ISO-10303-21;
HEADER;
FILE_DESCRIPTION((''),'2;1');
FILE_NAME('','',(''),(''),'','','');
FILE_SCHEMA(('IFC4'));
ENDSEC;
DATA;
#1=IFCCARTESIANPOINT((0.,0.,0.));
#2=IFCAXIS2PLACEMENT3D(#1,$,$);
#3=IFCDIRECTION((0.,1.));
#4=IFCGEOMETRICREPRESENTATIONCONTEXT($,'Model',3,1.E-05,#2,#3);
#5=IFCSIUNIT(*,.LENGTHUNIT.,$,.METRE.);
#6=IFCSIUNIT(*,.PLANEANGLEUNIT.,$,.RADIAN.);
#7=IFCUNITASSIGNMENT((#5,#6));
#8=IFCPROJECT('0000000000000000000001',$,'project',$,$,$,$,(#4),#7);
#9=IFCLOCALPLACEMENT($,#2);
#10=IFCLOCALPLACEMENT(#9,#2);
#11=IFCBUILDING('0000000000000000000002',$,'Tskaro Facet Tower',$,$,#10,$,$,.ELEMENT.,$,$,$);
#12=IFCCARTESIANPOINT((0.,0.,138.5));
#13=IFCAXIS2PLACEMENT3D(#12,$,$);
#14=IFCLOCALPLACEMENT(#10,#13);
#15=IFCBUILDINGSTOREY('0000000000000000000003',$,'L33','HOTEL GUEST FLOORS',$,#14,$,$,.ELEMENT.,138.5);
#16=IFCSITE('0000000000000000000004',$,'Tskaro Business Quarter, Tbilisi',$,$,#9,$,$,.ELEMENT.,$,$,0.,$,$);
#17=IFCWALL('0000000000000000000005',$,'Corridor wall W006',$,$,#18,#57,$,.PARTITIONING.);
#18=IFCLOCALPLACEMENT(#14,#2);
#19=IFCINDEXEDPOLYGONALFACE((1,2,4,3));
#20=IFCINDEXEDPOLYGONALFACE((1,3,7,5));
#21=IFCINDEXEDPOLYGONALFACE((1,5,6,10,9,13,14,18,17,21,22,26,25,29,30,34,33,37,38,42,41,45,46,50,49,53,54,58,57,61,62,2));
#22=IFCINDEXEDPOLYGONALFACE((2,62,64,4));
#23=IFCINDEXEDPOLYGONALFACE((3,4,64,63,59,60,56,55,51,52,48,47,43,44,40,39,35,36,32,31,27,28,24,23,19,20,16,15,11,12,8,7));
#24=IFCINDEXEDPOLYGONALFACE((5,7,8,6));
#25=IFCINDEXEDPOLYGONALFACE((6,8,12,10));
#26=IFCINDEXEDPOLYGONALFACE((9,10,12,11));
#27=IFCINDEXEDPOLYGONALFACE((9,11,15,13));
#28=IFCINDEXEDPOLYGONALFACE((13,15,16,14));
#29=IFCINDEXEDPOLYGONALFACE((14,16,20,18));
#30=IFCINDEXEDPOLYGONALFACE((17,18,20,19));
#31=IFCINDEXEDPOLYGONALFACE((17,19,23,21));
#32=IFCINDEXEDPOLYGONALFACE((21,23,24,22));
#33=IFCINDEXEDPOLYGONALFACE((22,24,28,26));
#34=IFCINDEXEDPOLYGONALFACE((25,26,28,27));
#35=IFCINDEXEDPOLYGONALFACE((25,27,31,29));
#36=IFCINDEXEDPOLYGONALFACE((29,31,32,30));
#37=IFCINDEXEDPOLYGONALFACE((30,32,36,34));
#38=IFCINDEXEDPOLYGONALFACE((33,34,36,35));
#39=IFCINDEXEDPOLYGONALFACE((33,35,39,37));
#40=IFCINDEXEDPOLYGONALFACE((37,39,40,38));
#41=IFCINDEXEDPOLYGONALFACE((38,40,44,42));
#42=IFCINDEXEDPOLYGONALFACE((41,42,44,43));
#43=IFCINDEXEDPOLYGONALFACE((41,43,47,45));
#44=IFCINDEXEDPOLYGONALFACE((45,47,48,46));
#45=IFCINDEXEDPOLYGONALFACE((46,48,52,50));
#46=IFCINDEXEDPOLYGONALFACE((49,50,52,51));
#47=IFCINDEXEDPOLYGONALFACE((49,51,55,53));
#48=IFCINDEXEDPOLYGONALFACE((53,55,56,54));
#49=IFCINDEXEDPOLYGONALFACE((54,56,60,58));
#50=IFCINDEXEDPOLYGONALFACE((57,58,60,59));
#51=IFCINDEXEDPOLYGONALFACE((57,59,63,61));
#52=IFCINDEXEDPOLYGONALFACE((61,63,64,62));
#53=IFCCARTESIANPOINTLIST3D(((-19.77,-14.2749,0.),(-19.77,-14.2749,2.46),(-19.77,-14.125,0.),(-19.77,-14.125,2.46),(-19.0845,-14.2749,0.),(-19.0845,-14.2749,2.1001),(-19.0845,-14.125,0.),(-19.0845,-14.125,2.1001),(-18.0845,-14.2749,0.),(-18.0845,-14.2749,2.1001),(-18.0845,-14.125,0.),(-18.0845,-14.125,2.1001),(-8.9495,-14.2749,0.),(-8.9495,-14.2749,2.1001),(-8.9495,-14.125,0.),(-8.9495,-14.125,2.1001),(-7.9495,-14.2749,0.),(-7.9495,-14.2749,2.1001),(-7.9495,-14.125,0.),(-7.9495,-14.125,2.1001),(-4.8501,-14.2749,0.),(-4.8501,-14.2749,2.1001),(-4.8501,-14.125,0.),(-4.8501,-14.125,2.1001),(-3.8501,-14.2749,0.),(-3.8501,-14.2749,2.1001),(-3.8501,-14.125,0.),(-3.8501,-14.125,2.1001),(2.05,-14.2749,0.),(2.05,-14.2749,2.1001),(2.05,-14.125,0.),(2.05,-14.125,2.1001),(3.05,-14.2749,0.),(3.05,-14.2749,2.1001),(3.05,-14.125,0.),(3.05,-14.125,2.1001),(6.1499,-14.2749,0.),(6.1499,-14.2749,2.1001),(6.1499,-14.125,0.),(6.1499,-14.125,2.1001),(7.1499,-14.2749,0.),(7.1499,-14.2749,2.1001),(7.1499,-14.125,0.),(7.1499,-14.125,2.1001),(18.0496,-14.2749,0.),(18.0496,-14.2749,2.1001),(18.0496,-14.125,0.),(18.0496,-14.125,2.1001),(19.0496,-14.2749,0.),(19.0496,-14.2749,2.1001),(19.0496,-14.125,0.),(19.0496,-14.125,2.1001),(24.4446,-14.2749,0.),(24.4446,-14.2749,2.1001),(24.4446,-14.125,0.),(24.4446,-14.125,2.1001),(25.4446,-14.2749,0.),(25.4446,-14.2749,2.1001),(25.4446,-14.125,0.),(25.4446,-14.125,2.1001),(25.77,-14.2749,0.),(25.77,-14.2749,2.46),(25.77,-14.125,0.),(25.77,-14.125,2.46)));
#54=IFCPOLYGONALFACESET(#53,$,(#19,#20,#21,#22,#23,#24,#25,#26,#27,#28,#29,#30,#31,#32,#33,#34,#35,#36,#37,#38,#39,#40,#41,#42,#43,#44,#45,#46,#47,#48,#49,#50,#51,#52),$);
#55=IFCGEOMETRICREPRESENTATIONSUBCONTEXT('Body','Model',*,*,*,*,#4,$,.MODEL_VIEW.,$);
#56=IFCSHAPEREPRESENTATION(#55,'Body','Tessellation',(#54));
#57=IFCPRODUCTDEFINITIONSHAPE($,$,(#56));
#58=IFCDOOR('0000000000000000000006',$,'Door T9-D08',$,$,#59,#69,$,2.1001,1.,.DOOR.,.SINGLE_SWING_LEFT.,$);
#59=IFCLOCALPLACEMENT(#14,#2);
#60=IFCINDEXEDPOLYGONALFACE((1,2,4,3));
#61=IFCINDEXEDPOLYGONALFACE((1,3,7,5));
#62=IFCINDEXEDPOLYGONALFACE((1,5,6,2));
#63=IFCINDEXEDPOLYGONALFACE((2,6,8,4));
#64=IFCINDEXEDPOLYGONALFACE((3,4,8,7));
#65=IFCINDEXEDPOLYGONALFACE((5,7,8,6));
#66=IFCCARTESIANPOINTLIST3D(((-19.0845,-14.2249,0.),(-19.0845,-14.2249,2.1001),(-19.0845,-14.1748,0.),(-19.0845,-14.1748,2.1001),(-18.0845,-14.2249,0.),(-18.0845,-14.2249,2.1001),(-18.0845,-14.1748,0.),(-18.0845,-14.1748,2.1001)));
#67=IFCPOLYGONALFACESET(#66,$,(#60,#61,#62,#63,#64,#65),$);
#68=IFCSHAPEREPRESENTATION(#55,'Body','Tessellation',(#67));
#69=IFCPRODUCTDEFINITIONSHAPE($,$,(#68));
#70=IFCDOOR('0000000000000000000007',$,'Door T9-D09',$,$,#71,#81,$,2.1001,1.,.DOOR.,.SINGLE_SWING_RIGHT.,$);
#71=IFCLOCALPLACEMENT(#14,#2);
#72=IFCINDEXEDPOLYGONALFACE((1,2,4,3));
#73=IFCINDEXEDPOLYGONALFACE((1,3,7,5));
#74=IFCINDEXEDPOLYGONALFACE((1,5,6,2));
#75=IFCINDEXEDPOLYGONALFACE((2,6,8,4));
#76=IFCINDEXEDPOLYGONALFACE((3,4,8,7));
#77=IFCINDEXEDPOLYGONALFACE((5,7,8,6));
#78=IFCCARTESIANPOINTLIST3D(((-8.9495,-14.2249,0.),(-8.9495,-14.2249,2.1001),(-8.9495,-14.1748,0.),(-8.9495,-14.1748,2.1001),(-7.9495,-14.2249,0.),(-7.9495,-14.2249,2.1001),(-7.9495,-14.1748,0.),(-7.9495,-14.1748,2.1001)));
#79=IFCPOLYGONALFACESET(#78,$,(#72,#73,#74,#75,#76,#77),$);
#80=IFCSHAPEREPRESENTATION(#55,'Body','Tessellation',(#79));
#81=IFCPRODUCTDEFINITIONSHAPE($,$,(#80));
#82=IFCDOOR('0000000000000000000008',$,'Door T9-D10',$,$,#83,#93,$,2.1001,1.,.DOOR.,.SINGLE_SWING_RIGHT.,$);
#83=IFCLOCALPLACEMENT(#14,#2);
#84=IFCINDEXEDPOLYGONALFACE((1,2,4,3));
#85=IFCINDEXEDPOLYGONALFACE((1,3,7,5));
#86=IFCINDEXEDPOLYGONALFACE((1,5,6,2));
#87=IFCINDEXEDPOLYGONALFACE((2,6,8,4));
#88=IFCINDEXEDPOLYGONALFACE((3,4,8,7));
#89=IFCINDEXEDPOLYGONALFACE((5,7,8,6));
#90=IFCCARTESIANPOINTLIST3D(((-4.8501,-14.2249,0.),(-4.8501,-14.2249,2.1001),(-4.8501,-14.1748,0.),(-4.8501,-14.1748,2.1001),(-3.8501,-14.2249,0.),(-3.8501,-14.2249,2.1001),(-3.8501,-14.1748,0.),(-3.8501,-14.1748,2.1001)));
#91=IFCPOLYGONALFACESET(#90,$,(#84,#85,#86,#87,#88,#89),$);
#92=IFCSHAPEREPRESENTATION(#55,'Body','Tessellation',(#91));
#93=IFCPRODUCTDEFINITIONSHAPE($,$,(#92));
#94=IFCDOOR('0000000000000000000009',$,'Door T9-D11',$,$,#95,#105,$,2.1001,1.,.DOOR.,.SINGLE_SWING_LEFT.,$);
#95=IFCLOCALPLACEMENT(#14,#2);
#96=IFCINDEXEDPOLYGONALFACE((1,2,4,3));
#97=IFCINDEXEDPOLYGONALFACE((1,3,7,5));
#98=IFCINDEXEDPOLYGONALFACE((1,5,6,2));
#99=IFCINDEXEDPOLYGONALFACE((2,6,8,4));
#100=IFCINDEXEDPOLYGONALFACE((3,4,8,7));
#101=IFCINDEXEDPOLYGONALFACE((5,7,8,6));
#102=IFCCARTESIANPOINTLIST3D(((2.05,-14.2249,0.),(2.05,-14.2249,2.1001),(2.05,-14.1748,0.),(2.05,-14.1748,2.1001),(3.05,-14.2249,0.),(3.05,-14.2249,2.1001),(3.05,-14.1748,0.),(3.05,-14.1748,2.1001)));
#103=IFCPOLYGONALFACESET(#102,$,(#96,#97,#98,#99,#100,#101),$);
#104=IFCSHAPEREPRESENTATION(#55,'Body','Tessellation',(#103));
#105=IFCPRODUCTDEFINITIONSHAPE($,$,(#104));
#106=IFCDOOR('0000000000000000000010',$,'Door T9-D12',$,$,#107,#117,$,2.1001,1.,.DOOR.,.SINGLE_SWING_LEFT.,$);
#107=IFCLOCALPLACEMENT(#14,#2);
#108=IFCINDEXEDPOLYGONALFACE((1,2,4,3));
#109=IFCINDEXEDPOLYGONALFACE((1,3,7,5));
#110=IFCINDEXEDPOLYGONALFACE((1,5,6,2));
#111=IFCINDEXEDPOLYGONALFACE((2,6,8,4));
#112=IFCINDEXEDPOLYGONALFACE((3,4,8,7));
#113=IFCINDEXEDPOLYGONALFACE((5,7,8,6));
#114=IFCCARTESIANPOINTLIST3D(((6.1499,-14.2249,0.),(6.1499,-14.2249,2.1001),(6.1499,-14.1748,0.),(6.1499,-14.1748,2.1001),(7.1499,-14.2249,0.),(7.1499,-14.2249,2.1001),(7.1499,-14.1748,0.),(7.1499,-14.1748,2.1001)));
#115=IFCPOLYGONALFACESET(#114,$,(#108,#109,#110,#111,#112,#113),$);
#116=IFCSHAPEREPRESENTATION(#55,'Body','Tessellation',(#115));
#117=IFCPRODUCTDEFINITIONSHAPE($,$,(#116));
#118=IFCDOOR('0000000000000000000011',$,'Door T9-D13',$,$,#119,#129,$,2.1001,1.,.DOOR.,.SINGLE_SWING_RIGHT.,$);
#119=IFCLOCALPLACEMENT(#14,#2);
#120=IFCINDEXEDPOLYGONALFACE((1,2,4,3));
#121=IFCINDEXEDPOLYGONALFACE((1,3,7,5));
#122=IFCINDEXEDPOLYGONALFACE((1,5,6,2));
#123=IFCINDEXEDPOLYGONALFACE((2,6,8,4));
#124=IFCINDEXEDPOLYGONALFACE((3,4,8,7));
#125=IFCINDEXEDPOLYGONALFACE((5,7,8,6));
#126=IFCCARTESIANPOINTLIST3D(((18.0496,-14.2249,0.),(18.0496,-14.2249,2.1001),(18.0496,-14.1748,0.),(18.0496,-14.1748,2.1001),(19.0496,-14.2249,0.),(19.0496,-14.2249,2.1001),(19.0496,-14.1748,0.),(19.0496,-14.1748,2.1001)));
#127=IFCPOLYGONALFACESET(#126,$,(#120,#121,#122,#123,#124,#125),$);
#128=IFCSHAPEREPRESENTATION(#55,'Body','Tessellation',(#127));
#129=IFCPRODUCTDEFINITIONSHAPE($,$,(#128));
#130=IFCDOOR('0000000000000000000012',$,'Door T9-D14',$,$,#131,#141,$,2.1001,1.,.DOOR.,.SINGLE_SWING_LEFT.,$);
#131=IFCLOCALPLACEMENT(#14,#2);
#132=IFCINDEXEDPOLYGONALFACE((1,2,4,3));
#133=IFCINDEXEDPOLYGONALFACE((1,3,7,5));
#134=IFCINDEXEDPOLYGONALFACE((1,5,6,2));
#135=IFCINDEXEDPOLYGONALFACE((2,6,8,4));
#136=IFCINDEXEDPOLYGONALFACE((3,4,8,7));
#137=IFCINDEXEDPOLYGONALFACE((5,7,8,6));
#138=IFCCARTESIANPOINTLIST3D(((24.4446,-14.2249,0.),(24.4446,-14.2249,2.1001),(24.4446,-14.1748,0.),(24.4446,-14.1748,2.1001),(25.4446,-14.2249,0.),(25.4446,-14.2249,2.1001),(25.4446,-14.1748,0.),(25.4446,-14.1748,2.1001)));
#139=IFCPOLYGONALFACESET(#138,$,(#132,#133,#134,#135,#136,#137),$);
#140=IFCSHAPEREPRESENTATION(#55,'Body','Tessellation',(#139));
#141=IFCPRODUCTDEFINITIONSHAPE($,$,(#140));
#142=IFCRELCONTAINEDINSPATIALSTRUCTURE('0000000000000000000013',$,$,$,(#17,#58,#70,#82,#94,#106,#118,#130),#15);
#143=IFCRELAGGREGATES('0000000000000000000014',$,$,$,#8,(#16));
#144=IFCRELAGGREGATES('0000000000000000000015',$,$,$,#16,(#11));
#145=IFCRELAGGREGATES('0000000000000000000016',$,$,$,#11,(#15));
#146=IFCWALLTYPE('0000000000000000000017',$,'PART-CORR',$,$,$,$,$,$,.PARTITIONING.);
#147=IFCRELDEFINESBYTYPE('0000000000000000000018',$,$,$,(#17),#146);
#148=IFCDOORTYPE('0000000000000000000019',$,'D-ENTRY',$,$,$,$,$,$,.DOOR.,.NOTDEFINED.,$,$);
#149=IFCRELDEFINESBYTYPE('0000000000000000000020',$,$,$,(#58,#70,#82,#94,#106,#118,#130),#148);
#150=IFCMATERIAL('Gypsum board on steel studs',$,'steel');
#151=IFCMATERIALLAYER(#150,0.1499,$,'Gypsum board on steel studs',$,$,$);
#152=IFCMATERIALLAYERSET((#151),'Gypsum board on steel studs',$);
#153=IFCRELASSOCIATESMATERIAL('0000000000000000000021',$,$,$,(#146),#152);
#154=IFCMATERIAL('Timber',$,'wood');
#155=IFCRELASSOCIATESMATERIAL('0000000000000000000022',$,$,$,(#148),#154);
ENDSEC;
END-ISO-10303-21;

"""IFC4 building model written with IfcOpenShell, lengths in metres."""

from ifc_helpers import new_model, si_unit, direction, frame, frame_2d, origin, place, context, subcontext, project, spatial, rectangle, extrude, material, layer, layer_set, type_object, element, fill, save


model = new_model("IFC4")

# Units and contexts
model_context = context("Model", 3, precision=1e-05, world=origin(), true_north=direction((0.0, 1.0)))
body_context = subcontext(model_context, "Body", "Model", "MODEL_VIEW")
ifc_project = project(units=[si_unit("LENGTHUNIT", "METRE"), si_unit("PLANEANGLEUNIT", "RADIAN")], contexts=[model_context])

# Site, building, storey
site_placement = place(None, origin())
site = spatial("IfcSite", under=ifc_project, at=site_placement, Name="Tskaro Business Quarter, Tbilisi", CompositionType="ELEMENT", RefElevation=0.0)
building_placement = place(site_placement, origin())
building = spatial("IfcBuilding", under=site, at=building_placement, Name="Tskaro Facet Tower", CompositionType="ELEMENT")
storey_placement = place(building_placement, frame((0.0, 0.0, 138.5)))
storey = spatial("IfcBuildingStorey", under=building, at=storey_placement, Name="L33", Description="HOTEL GUEST FLOORS", CompositionType="ELEMENT", Elevation=138.5)

# Wall, openings, doors
ifc_material_1 = material(Name="Gypsum board on steel studs", Category="steel")
ifc_layer_1 = layer(ifc_material_1, 0.1499, Name="Gypsum board on steel studs")
ifc_layer_set_1 = layer_set([ifc_layer_1], Name="Gypsum board on steel studs")
wall_type = type_object("IfcWallType", Name="PART-CORR", PredefinedType="PARTITIONING", material=ifc_layer_set_1)
wall_1_placement = place(storey_placement, frame((25.77, -14.2, 0.0), z_axis=(0.0, 0.0, 1.0), x_axis=(-1.0, 0.0, 0.0)))
wall_1 = element("IfcWall", 1, at=wall_1_placement, inside=storey, type_object=wall_type, Name="Corridor wall W006", PredefinedType="PARTITIONING", context=body_context, shape_type="SweptSolid", body=[
    extrude(rectangle(XDim=45.54, YDim=0.1499, at=frame_2d((22.77, 0.0))), origin(), (0.0, 0.0, 1.0), 2.46),
])
opening_1_placement = place(wall_1_placement, frame((43.8545, 0.0, 0.0)))
opening_1 = element("IfcOpeningElement", 2, at=opening_1_placement, cuts=wall_1, PredefinedType="OPENING", context=body_context, shape_type="SweptSolid", body=[
    extrude(rectangle(XDim=1.0, YDim=2.1001, at=frame_2d((0.5, 1.05))), frame((0.0, 0.085, 0.0), z_axis=(0.0, -1.0, 0.0), x_axis=(1.0, 0.0, 0.0)), (0.0, 0.0, 1.0), 0.1699),
])
opening_2_placement = place(wall_1_placement, frame((33.7195, 0.0, 0.0)))
opening_2 = element("IfcOpeningElement", 3, at=opening_2_placement, cuts=wall_1, PredefinedType="OPENING", context=body_context, shape_type="SweptSolid", body=[
    extrude(rectangle(XDim=1.0, YDim=2.1001, at=frame_2d((0.5, 1.05))), frame((0.0, 0.085, 0.0), z_axis=(0.0, -1.0, 0.0), x_axis=(1.0, 0.0, 0.0)), (0.0, 0.0, 1.0), 0.1699),
])
opening_3_placement = place(wall_1_placement, frame((29.6201, 0.0, 0.0)))
opening_3 = element("IfcOpeningElement", 4, at=opening_3_placement, cuts=wall_1, PredefinedType="OPENING", context=body_context, shape_type="SweptSolid", body=[
    extrude(rectangle(XDim=1.0, YDim=2.1001, at=frame_2d((0.5, 1.05))), frame((0.0, 0.085, 0.0), z_axis=(0.0, -1.0, 0.0), x_axis=(1.0, 0.0, 0.0)), (0.0, 0.0, 1.0), 0.1699),
])
opening_4_placement = place(wall_1_placement, frame((22.72, 0.0, 0.0)))
opening_4 = element("IfcOpeningElement", 5, at=opening_4_placement, cuts=wall_1, PredefinedType="OPENING", context=body_context, shape_type="SweptSolid", body=[
    extrude(rectangle(XDim=1.0, YDim=2.1001, at=frame_2d((0.5, 1.05))), frame((0.0, 0.085, 0.0), z_axis=(0.0, -1.0, 0.0), x_axis=(1.0, 0.0, 0.0)), (0.0, 0.0, 1.0), 0.1699),
])
opening_5_placement = place(wall_1_placement, frame((18.6201, 0.0, 0.0)))
opening_5 = element("IfcOpeningElement", 6, at=opening_5_placement, cuts=wall_1, PredefinedType="OPENING", context=body_context, shape_type="SweptSolid", body=[
    extrude(rectangle(XDim=1.0, YDim=2.1001, at=frame_2d((0.5, 1.05))), frame((0.0, 0.085, 0.0), z_axis=(0.0, -1.0, 0.0), x_axis=(1.0, 0.0, 0.0)), (0.0, 0.0, 1.0), 0.1699),
])
opening_6_placement = place(wall_1_placement, frame((6.7205, 0.0, 0.0)))
opening_6 = element("IfcOpeningElement", 7, at=opening_6_placement, cuts=wall_1, PredefinedType="OPENING", context=body_context, shape_type="SweptSolid", body=[
    extrude(rectangle(XDim=1.0, YDim=2.1001, at=frame_2d((0.5, 1.05))), frame((0.0, 0.085, 0.0), z_axis=(0.0, -1.0, 0.0), x_axis=(1.0, 0.0, 0.0)), (0.0, 0.0, 1.0), 0.1699),
])
opening_7_placement = place(wall_1_placement, frame((0.3254, 0.0, 0.0)))
opening_7 = element("IfcOpeningElement", 8, at=opening_7_placement, cuts=wall_1, PredefinedType="OPENING", context=body_context, shape_type="SweptSolid", body=[
    extrude(rectangle(XDim=1.0, YDim=2.1001, at=frame_2d((0.5, 1.05))), frame((0.0, 0.085, 0.0), z_axis=(0.0, -1.0, 0.0), x_axis=(1.0, 0.0, 0.0)), (0.0, 0.0, 1.0), 0.1699),
])
ifc_material_2 = material(Name="Timber", Category="wood")
door_type_1 = type_object("IfcDoorType", Name="D-ENTRY", OperationType="NOTDEFINED", PredefinedType="DOOR", material=ifc_material_2)
door_1_placement = place(opening_1_placement, origin())
door_1 = element("IfcDoor", 9, at=door_1_placement, inside=storey, type_object=door_type_1, Name="Door T9-D08", OperationType="SINGLE_SWING_LEFT", OverallHeight=2.1001, OverallWidth=1.0, PredefinedType="DOOR", context=body_context, shape_type="SweptSolid", body=[
    extrude(rectangle(XDim=1.0, YDim=2.1001, at=frame_2d((0.5, 1.05))), frame((0.0, 0.0249, 0.0), z_axis=(0.0, -1.0, 0.0), x_axis=(1.0, 0.0, 0.0)), (0.0, 0.0, 1.0), 0.05),
])
fill(opening_1, door_1)
door_2_placement = place(opening_2_placement, origin())
door_2 = element("IfcDoor", 10, at=door_2_placement, inside=storey, type_object=door_type_1, Name="Door T9-D09", OperationType="SINGLE_SWING_RIGHT", OverallHeight=2.1001, OverallWidth=1.0, PredefinedType="DOOR", context=body_context, shape_type="SweptSolid", body=[
    extrude(rectangle(XDim=1.0, YDim=2.1001, at=frame_2d((0.5, 1.05))), frame((0.0, 0.0249, 0.0), z_axis=(0.0, -1.0, 0.0), x_axis=(1.0, 0.0, 0.0)), (0.0, 0.0, 1.0), 0.05),
])
fill(opening_2, door_2)
door_3_placement = place(opening_3_placement, origin())
door_3 = element("IfcDoor", 11, at=door_3_placement, inside=storey, type_object=door_type_1, Name="Door T9-D10", OperationType="SINGLE_SWING_RIGHT", OverallHeight=2.1001, OverallWidth=1.0, PredefinedType="DOOR", context=body_context, shape_type="SweptSolid", body=[
    extrude(rectangle(XDim=1.0, YDim=2.1001, at=frame_2d((0.5, 1.05))), frame((0.0, 0.0249, 0.0), z_axis=(0.0, -1.0, 0.0), x_axis=(1.0, 0.0, 0.0)), (0.0, 0.0, 1.0), 0.05),
])
fill(opening_3, door_3)
door_4_placement = place(opening_4_placement, origin())
door_4 = element("IfcDoor", 12, at=door_4_placement, inside=storey, type_object=door_type_1, Name="Door T9-D11", OperationType="SINGLE_SWING_LEFT", OverallHeight=2.1001, OverallWidth=1.0, PredefinedType="DOOR", context=body_context, shape_type="SweptSolid", body=[
    extrude(rectangle(XDim=1.0, YDim=2.1001, at=frame_2d((0.5, 1.05))), frame((0.0, 0.0249, 0.0), z_axis=(0.0, -1.0, 0.0), x_axis=(1.0, 0.0, 0.0)), (0.0, 0.0, 1.0), 0.05),
])
fill(opening_4, door_4)
door_5_placement = place(opening_5_placement, origin())
door_5 = element("IfcDoor", 13, at=door_5_placement, inside=storey, type_object=door_type_1, Name="Door T9-D12", OperationType="SINGLE_SWING_LEFT", OverallHeight=2.1001, OverallWidth=1.0, PredefinedType="DOOR", context=body_context, shape_type="SweptSolid", body=[
    extrude(rectangle(XDim=1.0, YDim=2.1001, at=frame_2d((0.5, 1.05))), frame((0.0, 0.0249, 0.0), z_axis=(0.0, -1.0, 0.0), x_axis=(1.0, 0.0, 0.0)), (0.0, 0.0, 1.0), 0.05),
])
fill(opening_5, door_5)
door_6_placement = place(opening_6_placement, origin())
door_6 = element("IfcDoor", 14, at=door_6_placement, inside=storey, type_object=door_type_1, Name="Door T9-D13", OperationType="SINGLE_SWING_RIGHT", OverallHeight=2.1001, OverallWidth=1.0, PredefinedType="DOOR", context=body_context, shape_type="SweptSolid", body=[
    extrude(rectangle(XDim=1.0, YDim=2.1001, at=frame_2d((0.5, 1.05))), frame((0.0, 0.0249, 0.0), z_axis=(0.0, -1.0, 0.0), x_axis=(1.0, 0.0, 0.0)), (0.0, 0.0, 1.0), 0.05),
])
fill(opening_6, door_6)
door_7_placement = place(opening_7_placement, origin())
door_7 = element("IfcDoor", 15, at=door_7_placement, inside=storey, type_object=door_type_1, Name="Door T9-D14", OperationType="SINGLE_SWING_LEFT", OverallHeight=2.1001, OverallWidth=1.0, PredefinedType="DOOR", context=body_context, shape_type="SweptSolid", body=[
    extrude(rectangle(XDim=1.0, YDim=2.1001, at=frame_2d((0.5, 1.05))), frame((0.0, 0.0249, 0.0), z_axis=(0.0, -1.0, 0.0), x_axis=(1.0, 0.0, 0.0)), (0.0, 0.0, 1.0), 0.05),
])
fill(opening_7, door_7)

save(model, "model.ifc")
